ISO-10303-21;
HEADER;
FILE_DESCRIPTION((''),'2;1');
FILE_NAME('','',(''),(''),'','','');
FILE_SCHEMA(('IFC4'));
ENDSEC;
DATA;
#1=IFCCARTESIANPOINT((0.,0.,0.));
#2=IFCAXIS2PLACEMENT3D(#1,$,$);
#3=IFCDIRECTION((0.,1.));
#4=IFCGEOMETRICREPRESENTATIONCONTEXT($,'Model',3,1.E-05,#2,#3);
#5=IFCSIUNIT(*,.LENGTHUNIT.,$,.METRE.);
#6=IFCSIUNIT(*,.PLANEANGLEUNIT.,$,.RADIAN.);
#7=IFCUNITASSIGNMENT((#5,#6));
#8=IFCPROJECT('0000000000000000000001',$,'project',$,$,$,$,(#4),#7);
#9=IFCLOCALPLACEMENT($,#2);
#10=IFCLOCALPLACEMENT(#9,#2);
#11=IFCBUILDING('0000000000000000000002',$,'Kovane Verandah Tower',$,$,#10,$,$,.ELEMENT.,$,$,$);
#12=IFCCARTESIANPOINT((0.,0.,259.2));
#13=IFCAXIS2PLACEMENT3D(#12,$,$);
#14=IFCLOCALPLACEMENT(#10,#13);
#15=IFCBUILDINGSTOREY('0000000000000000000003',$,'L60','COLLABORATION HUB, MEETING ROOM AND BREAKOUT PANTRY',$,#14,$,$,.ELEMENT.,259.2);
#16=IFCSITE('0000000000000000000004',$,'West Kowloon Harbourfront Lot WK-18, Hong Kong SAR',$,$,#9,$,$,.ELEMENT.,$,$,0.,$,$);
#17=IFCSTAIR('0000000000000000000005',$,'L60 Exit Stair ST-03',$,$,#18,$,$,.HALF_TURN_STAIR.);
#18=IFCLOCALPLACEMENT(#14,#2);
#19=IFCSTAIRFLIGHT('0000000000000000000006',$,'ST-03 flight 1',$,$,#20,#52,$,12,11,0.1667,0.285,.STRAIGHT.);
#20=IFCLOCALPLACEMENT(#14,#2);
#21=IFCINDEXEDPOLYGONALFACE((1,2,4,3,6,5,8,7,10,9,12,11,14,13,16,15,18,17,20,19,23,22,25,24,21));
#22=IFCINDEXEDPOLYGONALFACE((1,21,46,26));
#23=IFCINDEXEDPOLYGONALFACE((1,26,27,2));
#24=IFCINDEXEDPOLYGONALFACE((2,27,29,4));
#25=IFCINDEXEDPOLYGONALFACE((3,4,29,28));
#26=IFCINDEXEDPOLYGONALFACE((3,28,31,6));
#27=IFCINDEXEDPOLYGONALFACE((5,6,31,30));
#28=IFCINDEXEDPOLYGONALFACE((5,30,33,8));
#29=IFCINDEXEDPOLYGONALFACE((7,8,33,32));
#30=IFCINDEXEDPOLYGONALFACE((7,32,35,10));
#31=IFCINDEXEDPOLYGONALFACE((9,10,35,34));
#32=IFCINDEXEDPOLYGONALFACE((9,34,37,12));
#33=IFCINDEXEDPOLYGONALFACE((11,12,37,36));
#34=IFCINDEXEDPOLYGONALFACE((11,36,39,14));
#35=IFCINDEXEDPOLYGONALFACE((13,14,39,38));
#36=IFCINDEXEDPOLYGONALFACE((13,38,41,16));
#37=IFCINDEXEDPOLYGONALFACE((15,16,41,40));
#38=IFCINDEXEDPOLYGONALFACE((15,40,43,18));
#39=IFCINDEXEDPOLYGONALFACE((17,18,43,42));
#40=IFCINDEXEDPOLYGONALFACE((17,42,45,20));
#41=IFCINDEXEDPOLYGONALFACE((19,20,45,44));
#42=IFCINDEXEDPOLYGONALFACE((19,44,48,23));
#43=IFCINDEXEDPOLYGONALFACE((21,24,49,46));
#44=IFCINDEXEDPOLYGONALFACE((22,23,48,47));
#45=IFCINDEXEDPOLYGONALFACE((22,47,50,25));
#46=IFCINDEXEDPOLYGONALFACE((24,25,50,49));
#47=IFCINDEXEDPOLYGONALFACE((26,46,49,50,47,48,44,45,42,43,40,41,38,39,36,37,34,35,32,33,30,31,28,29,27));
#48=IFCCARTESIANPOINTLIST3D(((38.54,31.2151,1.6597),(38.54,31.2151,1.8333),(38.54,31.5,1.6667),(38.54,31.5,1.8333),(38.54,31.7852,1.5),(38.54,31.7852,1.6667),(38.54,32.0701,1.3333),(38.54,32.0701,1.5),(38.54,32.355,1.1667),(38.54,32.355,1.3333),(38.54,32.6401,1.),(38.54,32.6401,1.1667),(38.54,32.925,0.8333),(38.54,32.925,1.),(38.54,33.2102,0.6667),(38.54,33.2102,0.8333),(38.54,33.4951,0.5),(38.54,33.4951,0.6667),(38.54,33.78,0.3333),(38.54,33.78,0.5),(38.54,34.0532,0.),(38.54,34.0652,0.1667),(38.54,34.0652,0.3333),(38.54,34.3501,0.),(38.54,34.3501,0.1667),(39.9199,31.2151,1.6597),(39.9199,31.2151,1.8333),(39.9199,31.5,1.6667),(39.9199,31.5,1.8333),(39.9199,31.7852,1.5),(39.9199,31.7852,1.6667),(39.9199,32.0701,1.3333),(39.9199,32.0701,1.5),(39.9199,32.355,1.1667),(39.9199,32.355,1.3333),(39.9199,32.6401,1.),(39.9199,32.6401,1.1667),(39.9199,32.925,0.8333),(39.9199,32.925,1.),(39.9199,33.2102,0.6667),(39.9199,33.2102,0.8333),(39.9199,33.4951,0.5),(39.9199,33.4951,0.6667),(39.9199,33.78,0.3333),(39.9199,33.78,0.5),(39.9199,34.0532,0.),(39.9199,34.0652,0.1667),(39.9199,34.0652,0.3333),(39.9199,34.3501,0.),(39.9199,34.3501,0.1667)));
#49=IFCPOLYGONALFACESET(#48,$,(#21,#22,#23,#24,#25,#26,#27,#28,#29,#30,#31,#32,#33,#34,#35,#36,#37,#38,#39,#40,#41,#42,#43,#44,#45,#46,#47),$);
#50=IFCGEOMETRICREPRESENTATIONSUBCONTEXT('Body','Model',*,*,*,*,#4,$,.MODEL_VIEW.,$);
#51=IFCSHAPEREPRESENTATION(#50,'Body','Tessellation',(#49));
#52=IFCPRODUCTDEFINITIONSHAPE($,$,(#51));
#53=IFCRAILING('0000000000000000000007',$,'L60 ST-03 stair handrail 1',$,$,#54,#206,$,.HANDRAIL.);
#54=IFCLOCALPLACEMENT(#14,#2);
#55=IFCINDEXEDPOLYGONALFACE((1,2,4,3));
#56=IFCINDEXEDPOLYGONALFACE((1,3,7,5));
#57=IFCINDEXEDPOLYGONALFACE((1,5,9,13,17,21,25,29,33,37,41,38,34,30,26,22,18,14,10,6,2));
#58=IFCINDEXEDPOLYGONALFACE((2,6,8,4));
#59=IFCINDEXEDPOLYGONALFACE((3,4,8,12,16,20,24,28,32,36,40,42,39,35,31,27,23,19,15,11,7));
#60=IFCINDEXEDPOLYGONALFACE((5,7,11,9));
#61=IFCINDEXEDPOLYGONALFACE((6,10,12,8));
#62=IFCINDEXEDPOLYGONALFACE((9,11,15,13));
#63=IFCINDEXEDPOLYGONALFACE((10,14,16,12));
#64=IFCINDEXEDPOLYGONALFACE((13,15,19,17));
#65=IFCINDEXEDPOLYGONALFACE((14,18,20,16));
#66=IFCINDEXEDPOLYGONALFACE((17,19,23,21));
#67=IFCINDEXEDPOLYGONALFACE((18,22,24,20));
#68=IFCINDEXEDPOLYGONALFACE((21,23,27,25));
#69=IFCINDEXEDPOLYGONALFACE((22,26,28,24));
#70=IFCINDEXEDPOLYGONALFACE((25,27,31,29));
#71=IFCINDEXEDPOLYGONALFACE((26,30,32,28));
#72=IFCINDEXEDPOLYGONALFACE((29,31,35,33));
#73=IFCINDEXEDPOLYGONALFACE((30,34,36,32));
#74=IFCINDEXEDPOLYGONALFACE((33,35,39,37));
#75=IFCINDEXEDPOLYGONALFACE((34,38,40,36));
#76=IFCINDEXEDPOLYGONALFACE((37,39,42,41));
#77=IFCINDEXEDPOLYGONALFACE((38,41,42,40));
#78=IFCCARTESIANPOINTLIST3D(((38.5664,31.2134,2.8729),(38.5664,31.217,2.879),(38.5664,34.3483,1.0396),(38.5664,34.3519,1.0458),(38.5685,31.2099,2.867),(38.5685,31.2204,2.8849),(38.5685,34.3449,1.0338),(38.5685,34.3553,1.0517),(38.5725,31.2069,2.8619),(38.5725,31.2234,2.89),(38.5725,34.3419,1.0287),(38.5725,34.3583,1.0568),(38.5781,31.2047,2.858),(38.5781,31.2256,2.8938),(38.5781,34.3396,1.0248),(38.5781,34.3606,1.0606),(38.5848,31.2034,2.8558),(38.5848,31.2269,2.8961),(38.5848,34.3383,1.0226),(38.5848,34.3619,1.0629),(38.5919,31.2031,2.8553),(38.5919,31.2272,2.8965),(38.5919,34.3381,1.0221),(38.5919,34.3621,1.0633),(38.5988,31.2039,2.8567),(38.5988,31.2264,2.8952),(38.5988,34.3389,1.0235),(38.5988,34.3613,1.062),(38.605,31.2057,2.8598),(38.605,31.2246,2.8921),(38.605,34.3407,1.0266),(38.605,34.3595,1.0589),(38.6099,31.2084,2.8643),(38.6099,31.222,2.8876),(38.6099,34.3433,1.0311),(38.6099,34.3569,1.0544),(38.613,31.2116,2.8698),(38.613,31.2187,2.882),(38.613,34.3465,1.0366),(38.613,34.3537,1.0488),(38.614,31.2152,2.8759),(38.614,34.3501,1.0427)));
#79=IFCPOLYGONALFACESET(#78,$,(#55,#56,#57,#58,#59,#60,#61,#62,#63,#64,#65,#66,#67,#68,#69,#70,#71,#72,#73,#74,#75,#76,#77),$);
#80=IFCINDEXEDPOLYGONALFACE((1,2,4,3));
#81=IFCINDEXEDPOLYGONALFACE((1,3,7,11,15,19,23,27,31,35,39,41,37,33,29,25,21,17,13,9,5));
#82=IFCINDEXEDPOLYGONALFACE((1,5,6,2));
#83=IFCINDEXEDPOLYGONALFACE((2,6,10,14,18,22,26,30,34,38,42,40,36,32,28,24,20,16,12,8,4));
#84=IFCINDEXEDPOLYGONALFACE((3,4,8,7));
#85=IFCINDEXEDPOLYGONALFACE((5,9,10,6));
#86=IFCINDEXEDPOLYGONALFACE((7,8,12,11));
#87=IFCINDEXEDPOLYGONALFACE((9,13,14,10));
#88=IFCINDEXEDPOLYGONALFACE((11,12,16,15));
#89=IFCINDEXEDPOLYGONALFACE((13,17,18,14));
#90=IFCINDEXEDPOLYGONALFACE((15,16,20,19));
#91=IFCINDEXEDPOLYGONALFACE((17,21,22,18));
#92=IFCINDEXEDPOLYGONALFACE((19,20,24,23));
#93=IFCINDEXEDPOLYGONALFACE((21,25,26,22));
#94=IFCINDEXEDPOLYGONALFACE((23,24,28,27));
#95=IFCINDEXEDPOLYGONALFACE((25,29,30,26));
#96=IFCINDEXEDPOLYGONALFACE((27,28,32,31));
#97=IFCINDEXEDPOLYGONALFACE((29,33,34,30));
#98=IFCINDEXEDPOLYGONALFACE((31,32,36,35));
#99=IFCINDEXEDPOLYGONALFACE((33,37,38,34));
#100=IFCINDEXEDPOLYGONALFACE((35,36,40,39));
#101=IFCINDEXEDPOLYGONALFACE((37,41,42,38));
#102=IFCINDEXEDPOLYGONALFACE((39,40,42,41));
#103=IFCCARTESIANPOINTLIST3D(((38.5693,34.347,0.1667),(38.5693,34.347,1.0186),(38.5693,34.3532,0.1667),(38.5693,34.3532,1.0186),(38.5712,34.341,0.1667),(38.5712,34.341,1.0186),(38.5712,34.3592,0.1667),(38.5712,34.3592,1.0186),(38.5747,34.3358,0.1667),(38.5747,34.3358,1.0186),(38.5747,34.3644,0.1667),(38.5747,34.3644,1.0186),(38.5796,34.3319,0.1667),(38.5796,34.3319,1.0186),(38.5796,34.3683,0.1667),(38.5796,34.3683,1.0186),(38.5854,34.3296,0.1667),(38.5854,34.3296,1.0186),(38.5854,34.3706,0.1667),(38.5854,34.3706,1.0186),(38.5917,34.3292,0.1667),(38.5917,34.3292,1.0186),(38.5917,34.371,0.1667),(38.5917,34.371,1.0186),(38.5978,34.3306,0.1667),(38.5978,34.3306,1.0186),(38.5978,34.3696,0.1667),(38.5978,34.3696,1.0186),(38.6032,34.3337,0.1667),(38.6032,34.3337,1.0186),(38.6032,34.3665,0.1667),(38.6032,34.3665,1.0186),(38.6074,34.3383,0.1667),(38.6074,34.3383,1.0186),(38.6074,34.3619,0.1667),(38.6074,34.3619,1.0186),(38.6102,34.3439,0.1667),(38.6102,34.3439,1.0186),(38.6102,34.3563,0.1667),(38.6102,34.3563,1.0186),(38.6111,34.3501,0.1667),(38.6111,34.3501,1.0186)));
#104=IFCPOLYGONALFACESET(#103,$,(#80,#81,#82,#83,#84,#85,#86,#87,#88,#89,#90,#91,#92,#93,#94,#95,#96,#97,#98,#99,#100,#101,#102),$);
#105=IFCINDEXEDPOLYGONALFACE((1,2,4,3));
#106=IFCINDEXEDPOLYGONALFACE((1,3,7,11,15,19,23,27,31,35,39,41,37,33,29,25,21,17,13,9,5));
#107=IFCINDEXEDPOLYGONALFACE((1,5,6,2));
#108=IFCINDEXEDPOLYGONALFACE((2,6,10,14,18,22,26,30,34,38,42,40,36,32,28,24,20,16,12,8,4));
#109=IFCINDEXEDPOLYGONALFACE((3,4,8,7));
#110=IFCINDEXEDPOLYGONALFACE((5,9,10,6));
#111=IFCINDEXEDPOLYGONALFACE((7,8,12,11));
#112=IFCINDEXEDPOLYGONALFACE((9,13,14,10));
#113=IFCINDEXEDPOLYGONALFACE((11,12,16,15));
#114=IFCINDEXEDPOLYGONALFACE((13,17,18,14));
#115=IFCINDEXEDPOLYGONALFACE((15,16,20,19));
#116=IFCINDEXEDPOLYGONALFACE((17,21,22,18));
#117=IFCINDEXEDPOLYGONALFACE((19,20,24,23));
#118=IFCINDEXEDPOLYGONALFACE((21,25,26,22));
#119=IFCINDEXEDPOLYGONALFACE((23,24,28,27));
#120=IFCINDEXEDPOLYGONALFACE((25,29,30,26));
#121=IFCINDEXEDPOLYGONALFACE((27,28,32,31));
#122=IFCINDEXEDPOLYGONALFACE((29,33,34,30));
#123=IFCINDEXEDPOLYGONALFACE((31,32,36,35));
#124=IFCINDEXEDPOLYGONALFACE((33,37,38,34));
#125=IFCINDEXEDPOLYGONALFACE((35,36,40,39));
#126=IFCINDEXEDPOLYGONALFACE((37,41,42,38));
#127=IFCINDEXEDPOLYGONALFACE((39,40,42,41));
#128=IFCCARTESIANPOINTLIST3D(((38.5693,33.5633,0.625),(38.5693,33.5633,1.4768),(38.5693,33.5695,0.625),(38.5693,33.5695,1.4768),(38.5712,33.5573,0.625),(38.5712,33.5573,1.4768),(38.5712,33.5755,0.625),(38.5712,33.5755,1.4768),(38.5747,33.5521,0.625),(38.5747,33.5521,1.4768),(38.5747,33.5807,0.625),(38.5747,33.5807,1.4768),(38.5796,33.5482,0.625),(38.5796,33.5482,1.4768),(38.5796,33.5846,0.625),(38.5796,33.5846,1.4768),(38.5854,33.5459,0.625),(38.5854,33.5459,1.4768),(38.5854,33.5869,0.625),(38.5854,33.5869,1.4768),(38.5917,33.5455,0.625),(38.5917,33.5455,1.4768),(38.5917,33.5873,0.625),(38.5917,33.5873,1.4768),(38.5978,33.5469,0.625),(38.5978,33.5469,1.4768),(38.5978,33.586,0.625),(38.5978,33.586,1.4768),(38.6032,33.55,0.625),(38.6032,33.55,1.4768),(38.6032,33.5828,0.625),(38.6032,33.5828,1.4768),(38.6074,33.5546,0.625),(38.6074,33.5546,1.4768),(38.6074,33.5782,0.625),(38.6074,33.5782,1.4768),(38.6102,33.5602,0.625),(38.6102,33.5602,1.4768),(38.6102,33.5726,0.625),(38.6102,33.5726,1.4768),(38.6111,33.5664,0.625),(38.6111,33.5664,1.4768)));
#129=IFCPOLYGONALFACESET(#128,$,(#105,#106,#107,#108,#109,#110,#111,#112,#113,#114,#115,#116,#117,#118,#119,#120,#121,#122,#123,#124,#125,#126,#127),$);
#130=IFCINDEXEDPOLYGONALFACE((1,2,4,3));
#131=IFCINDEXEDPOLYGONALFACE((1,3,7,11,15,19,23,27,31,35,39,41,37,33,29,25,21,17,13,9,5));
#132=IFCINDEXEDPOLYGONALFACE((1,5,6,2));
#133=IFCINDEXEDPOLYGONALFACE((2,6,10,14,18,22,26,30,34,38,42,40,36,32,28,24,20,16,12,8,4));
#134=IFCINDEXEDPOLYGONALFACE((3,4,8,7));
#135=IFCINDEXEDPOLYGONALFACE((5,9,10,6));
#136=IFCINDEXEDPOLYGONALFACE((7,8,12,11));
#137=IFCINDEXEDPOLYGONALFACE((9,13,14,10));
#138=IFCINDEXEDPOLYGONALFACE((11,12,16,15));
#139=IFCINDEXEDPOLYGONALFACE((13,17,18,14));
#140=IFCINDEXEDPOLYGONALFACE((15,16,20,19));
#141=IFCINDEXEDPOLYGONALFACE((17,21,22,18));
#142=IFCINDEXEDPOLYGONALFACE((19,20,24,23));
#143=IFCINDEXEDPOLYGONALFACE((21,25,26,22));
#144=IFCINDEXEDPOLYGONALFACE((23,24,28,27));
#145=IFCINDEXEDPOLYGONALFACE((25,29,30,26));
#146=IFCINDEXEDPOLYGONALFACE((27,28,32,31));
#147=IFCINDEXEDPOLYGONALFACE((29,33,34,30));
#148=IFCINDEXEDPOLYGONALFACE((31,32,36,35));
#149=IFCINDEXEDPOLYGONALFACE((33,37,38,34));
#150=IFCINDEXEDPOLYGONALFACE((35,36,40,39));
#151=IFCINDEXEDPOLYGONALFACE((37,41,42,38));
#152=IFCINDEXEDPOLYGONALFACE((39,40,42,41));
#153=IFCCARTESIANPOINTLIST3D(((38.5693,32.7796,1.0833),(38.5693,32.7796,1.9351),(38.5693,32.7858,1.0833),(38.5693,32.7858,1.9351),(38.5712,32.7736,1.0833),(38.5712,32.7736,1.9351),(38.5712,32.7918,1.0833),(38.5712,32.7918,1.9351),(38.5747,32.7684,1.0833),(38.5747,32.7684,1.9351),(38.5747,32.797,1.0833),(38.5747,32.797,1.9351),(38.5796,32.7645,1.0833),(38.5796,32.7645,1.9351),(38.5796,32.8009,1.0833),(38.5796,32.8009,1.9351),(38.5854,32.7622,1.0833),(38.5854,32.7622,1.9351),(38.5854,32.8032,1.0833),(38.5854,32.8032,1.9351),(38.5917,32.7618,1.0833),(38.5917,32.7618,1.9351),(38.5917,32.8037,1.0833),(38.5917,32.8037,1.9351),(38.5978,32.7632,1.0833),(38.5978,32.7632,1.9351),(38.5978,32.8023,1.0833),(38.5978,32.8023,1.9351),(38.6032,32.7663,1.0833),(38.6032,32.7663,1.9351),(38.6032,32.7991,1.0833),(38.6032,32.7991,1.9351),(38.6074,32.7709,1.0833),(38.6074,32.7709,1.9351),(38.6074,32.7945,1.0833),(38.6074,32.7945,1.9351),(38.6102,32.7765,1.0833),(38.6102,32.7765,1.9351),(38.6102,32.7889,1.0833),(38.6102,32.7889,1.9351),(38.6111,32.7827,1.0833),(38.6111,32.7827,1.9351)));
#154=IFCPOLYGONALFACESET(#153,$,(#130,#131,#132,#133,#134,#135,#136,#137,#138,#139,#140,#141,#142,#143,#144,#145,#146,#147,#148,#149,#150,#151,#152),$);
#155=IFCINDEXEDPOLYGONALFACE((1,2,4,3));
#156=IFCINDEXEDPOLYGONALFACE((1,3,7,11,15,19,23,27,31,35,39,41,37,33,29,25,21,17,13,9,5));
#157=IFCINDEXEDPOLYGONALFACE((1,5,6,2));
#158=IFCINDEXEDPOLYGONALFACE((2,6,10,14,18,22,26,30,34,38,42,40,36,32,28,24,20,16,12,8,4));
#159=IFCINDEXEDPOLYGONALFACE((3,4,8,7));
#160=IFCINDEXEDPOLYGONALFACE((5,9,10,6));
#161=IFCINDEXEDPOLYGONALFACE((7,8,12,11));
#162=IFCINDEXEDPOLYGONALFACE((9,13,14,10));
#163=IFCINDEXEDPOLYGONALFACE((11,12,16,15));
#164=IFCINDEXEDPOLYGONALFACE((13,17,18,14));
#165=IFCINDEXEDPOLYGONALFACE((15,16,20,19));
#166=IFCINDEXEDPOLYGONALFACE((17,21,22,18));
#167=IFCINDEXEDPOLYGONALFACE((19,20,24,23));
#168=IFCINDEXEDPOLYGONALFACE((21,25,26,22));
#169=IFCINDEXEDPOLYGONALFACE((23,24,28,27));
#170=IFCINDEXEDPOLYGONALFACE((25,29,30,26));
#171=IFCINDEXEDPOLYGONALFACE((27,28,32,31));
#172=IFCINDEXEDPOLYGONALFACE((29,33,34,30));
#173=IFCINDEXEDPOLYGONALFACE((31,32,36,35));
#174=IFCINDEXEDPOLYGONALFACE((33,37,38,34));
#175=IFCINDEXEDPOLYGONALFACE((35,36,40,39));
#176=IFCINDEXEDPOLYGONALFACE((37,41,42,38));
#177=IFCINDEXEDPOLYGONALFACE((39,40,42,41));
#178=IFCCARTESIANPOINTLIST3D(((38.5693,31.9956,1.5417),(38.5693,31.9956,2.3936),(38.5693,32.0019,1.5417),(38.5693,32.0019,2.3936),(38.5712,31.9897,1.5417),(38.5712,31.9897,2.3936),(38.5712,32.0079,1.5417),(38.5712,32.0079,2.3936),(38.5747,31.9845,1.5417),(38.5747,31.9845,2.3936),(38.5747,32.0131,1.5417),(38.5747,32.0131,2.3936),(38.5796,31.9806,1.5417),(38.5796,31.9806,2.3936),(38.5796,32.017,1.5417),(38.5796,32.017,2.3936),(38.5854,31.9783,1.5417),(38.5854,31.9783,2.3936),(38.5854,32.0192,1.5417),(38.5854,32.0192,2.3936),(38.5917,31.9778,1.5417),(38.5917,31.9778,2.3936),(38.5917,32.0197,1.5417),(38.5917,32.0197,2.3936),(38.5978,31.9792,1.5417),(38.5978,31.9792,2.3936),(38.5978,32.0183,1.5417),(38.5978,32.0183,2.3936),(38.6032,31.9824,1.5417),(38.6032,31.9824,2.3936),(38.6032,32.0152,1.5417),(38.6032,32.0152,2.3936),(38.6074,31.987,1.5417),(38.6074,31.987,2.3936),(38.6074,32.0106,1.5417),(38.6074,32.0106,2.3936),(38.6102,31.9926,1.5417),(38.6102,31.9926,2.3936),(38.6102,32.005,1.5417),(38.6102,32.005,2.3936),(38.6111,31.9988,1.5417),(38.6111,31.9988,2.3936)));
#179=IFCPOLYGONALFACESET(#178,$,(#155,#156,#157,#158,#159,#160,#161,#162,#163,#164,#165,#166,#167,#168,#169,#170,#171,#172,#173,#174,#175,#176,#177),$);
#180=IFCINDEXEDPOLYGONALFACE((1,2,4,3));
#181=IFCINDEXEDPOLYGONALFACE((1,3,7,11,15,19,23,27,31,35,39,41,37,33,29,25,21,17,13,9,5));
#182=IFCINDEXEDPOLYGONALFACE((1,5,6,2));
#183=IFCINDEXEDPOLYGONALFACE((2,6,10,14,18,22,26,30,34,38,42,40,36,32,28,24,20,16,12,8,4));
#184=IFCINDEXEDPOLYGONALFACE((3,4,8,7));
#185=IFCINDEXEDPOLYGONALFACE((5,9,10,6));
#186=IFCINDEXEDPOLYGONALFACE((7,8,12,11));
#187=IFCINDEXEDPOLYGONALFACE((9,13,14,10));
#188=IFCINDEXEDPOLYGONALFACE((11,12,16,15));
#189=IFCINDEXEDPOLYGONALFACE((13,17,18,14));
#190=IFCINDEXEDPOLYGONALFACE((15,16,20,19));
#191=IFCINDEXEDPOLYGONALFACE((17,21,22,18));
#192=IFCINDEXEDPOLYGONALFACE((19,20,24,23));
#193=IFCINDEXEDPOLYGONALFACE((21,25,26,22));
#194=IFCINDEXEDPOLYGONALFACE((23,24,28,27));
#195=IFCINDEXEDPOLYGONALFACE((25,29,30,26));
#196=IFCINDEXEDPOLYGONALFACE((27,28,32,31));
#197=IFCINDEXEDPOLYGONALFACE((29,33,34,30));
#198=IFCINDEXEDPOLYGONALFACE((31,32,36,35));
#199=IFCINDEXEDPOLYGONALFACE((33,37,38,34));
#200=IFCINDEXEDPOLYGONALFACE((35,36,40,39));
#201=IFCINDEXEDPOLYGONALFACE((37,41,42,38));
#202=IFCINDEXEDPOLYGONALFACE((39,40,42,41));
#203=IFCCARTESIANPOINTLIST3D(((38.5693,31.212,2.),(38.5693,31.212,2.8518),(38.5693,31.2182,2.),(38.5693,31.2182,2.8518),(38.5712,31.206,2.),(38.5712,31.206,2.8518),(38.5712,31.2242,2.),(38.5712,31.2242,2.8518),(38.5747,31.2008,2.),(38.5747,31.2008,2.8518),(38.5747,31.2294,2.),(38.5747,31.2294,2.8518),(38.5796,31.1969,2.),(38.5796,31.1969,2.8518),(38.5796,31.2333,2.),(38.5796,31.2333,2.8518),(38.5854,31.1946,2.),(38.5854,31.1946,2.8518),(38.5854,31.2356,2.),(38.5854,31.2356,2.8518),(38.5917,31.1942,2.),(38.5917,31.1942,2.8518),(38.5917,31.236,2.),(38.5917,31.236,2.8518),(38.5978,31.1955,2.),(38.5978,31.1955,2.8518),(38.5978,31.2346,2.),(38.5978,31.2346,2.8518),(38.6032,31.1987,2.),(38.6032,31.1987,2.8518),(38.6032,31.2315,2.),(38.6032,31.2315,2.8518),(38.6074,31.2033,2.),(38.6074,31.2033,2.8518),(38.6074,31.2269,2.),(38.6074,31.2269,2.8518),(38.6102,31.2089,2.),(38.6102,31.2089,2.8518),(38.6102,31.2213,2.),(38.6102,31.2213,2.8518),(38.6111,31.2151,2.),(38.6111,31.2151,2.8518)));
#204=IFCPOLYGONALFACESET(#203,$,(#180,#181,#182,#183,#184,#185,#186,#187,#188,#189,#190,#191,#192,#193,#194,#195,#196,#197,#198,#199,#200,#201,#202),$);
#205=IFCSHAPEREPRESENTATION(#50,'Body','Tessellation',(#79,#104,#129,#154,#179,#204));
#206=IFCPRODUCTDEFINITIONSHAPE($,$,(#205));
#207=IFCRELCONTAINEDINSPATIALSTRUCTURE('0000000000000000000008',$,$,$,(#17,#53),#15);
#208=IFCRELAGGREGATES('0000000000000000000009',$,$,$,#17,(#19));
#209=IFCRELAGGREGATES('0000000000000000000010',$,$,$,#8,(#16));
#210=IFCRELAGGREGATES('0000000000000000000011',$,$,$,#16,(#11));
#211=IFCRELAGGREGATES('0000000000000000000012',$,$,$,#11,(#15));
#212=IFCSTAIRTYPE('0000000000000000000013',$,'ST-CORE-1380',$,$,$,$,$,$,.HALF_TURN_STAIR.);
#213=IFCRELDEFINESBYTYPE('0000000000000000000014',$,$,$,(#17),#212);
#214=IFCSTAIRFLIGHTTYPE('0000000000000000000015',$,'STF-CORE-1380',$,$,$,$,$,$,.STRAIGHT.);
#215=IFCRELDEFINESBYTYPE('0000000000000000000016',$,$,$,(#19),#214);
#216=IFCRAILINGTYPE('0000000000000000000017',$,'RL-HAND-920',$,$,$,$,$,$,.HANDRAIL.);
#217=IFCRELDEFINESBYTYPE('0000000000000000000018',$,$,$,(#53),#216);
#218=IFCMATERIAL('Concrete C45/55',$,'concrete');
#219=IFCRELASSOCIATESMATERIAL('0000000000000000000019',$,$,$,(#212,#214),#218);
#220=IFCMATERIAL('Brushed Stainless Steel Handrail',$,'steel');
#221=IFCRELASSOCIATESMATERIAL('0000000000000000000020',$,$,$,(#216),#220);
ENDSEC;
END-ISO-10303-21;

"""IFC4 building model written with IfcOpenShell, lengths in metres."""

from ifc_helpers import new_model, si_unit, direction, frame, origin, origin_2d, place, context, subcontext, project, spatial, polyline, circle, outline, extrude, material, type_object, element, aggregate, save


model = new_model("IFC4")

# Units and contexts
model_context = context("Model", 3, precision=1e-05, world=origin(), true_north=direction((0.0, 1.0)))
body_context = subcontext(model_context, "Body", "Model", "MODEL_VIEW")
ifc_project = project(units=[si_unit("LENGTHUNIT", "METRE"), si_unit("PLANEANGLEUNIT", "RADIAN")], contexts=[model_context])

# Site, building, storey
site_placement = place(None, origin())
site = spatial("IfcSite", under=ifc_project, at=site_placement, Name="West Kowloon Harbourfront Lot WK-18, Hong Kong SAR", CompositionType="ELEMENT", RefElevation=0.0)
building_placement = place(site_placement, origin())
building = spatial("IfcBuilding", under=site, at=building_placement, Name="Kovane Verandah Tower", CompositionType="ELEMENT")
storey_placement = place(building_placement, frame((0.0, 0.0, 259.2)))
storey = spatial("IfcBuildingStorey", under=building, at=storey_placement, Name="L60", Description="COLLABORATION HUB, MEETING ROOM AND BREAKOUT PANTRY", CompositionType="ELEMENT", Elevation=259.2)

# Stair, stair flight
ifc_material_1 = material(Name="Concrete C45/55", Category="concrete")
stair_type = type_object("IfcStairType", Name="ST-CORE-1380", PredefinedType="HALF_TURN_STAIR", material=ifc_material_1)
stair_placement = place(storey_placement, origin())
stair = element("IfcStair", 1, at=stair_placement, inside=storey, type_object=stair_type, Name="L60 Exit Stair ST-03", PredefinedType="HALF_TURN_STAIR")
stair_flight_type = type_object("IfcStairFlightType", Name="STF-CORE-1380", PredefinedType="STRAIGHT", material=ifc_material_1)
stair_flight_placement = place(storey_placement, frame((39.23, 34.3501, 0.0), z_axis=(0.0, 0.0, 1.0), x_axis=(0.0, -1.0, 0.0)))
stair_flight = element("IfcStairFlight", 2, at=stair_flight_placement, type_object=stair_flight_type, Name="ST-03 flight 1", NumberOfRisers=12, NumberOfTreads=11, PredefinedType="STRAIGHT", RiserHeight=0.1667, TreadLength=0.285, context=body_context, shape_type="SweptSolid", body=[
    extrude(outline(polyline([(0.0, 0.0), (0.0, 0.1667), (0.2849, 0.1667), (0.2849, 0.3333), (0.5701, 0.3333), (0.5701, 0.5), (0.855, 0.5), (0.855, 0.6667), (1.1399, 0.6667), (1.1399, 0.8333), (1.425, 0.8333), (1.425, 1.0), (1.71, 1.0), (1.71, 1.1667), (1.9951, 1.1667), (1.9951, 1.3333), (2.28, 1.3333), (2.28, 1.5), (2.5649, 1.5), (2.5649, 1.6667), (2.8501, 1.6667), (2.8501, 1.8333), (3.135, 1.8333), (3.135, 2.0), (3.135, 1.6597), (0.2969, 0.0), (0.0, 0.0)])), frame((0.0, 0.6899, 0.0), z_axis=(0.0, -1.0, 0.0), x_axis=(1.0, 0.0, 0.0)), (0.0, 0.0, 1.0), 1.3799),
])
aggregate(stair, [stair_flight])

# Railing
ifc_material_2 = material(Name="Brushed Stainless Steel Handrail", Category="steel")
railing_type_1 = type_object("IfcRailingType", Name="RL-HAND-920", PredefinedType="HANDRAIL", material=ifc_material_2)
railing_1_placement = place(storey_placement, frame((38.5901, 34.3501, 0.1667)))
element("IfcRailing", 3, at=railing_1_placement, inside=storey, type_object=railing_type_1, Name="L60 ST-03 stair handrail 1", PredefinedType="HANDRAIL", context=body_context, shape_type="SweptSolid", body=[
    extrude(circle(Radius=0.0239, at=origin_2d()), frame((0.0, 0.0, 0.876), z_axis=(0.0, -0.86324, 0.504794), x_axis=(1.0, 0.0, 0.0)), (0.0, 0.0, 1.0), 3.6316),
    extrude(circle(Radius=0.021, at=origin_2d()), origin(), (0.0, 0.0, 1.0), 0.8518),
    extrude(circle(Radius=0.021, at=origin_2d()), frame((0.0, -0.7837, 0.4583)), (0.0, 0.0, 1.0), 0.8518),
    extrude(circle(Radius=0.021, at=origin_2d()), frame((0.0, -1.5674, 0.9165)), (0.0, 0.0, 1.0), 0.8518),
    extrude(circle(Radius=0.021, at=origin_2d()), frame((0.0, -2.3513, 1.375)), (0.0, 0.0, 1.0), 0.8518),
    extrude(circle(Radius=0.021, at=origin_2d()), frame((0.0, -3.135, 1.8333)), (0.0, 0.0, 1.0), 0.8518),
])

save(model, "model.ifc")
